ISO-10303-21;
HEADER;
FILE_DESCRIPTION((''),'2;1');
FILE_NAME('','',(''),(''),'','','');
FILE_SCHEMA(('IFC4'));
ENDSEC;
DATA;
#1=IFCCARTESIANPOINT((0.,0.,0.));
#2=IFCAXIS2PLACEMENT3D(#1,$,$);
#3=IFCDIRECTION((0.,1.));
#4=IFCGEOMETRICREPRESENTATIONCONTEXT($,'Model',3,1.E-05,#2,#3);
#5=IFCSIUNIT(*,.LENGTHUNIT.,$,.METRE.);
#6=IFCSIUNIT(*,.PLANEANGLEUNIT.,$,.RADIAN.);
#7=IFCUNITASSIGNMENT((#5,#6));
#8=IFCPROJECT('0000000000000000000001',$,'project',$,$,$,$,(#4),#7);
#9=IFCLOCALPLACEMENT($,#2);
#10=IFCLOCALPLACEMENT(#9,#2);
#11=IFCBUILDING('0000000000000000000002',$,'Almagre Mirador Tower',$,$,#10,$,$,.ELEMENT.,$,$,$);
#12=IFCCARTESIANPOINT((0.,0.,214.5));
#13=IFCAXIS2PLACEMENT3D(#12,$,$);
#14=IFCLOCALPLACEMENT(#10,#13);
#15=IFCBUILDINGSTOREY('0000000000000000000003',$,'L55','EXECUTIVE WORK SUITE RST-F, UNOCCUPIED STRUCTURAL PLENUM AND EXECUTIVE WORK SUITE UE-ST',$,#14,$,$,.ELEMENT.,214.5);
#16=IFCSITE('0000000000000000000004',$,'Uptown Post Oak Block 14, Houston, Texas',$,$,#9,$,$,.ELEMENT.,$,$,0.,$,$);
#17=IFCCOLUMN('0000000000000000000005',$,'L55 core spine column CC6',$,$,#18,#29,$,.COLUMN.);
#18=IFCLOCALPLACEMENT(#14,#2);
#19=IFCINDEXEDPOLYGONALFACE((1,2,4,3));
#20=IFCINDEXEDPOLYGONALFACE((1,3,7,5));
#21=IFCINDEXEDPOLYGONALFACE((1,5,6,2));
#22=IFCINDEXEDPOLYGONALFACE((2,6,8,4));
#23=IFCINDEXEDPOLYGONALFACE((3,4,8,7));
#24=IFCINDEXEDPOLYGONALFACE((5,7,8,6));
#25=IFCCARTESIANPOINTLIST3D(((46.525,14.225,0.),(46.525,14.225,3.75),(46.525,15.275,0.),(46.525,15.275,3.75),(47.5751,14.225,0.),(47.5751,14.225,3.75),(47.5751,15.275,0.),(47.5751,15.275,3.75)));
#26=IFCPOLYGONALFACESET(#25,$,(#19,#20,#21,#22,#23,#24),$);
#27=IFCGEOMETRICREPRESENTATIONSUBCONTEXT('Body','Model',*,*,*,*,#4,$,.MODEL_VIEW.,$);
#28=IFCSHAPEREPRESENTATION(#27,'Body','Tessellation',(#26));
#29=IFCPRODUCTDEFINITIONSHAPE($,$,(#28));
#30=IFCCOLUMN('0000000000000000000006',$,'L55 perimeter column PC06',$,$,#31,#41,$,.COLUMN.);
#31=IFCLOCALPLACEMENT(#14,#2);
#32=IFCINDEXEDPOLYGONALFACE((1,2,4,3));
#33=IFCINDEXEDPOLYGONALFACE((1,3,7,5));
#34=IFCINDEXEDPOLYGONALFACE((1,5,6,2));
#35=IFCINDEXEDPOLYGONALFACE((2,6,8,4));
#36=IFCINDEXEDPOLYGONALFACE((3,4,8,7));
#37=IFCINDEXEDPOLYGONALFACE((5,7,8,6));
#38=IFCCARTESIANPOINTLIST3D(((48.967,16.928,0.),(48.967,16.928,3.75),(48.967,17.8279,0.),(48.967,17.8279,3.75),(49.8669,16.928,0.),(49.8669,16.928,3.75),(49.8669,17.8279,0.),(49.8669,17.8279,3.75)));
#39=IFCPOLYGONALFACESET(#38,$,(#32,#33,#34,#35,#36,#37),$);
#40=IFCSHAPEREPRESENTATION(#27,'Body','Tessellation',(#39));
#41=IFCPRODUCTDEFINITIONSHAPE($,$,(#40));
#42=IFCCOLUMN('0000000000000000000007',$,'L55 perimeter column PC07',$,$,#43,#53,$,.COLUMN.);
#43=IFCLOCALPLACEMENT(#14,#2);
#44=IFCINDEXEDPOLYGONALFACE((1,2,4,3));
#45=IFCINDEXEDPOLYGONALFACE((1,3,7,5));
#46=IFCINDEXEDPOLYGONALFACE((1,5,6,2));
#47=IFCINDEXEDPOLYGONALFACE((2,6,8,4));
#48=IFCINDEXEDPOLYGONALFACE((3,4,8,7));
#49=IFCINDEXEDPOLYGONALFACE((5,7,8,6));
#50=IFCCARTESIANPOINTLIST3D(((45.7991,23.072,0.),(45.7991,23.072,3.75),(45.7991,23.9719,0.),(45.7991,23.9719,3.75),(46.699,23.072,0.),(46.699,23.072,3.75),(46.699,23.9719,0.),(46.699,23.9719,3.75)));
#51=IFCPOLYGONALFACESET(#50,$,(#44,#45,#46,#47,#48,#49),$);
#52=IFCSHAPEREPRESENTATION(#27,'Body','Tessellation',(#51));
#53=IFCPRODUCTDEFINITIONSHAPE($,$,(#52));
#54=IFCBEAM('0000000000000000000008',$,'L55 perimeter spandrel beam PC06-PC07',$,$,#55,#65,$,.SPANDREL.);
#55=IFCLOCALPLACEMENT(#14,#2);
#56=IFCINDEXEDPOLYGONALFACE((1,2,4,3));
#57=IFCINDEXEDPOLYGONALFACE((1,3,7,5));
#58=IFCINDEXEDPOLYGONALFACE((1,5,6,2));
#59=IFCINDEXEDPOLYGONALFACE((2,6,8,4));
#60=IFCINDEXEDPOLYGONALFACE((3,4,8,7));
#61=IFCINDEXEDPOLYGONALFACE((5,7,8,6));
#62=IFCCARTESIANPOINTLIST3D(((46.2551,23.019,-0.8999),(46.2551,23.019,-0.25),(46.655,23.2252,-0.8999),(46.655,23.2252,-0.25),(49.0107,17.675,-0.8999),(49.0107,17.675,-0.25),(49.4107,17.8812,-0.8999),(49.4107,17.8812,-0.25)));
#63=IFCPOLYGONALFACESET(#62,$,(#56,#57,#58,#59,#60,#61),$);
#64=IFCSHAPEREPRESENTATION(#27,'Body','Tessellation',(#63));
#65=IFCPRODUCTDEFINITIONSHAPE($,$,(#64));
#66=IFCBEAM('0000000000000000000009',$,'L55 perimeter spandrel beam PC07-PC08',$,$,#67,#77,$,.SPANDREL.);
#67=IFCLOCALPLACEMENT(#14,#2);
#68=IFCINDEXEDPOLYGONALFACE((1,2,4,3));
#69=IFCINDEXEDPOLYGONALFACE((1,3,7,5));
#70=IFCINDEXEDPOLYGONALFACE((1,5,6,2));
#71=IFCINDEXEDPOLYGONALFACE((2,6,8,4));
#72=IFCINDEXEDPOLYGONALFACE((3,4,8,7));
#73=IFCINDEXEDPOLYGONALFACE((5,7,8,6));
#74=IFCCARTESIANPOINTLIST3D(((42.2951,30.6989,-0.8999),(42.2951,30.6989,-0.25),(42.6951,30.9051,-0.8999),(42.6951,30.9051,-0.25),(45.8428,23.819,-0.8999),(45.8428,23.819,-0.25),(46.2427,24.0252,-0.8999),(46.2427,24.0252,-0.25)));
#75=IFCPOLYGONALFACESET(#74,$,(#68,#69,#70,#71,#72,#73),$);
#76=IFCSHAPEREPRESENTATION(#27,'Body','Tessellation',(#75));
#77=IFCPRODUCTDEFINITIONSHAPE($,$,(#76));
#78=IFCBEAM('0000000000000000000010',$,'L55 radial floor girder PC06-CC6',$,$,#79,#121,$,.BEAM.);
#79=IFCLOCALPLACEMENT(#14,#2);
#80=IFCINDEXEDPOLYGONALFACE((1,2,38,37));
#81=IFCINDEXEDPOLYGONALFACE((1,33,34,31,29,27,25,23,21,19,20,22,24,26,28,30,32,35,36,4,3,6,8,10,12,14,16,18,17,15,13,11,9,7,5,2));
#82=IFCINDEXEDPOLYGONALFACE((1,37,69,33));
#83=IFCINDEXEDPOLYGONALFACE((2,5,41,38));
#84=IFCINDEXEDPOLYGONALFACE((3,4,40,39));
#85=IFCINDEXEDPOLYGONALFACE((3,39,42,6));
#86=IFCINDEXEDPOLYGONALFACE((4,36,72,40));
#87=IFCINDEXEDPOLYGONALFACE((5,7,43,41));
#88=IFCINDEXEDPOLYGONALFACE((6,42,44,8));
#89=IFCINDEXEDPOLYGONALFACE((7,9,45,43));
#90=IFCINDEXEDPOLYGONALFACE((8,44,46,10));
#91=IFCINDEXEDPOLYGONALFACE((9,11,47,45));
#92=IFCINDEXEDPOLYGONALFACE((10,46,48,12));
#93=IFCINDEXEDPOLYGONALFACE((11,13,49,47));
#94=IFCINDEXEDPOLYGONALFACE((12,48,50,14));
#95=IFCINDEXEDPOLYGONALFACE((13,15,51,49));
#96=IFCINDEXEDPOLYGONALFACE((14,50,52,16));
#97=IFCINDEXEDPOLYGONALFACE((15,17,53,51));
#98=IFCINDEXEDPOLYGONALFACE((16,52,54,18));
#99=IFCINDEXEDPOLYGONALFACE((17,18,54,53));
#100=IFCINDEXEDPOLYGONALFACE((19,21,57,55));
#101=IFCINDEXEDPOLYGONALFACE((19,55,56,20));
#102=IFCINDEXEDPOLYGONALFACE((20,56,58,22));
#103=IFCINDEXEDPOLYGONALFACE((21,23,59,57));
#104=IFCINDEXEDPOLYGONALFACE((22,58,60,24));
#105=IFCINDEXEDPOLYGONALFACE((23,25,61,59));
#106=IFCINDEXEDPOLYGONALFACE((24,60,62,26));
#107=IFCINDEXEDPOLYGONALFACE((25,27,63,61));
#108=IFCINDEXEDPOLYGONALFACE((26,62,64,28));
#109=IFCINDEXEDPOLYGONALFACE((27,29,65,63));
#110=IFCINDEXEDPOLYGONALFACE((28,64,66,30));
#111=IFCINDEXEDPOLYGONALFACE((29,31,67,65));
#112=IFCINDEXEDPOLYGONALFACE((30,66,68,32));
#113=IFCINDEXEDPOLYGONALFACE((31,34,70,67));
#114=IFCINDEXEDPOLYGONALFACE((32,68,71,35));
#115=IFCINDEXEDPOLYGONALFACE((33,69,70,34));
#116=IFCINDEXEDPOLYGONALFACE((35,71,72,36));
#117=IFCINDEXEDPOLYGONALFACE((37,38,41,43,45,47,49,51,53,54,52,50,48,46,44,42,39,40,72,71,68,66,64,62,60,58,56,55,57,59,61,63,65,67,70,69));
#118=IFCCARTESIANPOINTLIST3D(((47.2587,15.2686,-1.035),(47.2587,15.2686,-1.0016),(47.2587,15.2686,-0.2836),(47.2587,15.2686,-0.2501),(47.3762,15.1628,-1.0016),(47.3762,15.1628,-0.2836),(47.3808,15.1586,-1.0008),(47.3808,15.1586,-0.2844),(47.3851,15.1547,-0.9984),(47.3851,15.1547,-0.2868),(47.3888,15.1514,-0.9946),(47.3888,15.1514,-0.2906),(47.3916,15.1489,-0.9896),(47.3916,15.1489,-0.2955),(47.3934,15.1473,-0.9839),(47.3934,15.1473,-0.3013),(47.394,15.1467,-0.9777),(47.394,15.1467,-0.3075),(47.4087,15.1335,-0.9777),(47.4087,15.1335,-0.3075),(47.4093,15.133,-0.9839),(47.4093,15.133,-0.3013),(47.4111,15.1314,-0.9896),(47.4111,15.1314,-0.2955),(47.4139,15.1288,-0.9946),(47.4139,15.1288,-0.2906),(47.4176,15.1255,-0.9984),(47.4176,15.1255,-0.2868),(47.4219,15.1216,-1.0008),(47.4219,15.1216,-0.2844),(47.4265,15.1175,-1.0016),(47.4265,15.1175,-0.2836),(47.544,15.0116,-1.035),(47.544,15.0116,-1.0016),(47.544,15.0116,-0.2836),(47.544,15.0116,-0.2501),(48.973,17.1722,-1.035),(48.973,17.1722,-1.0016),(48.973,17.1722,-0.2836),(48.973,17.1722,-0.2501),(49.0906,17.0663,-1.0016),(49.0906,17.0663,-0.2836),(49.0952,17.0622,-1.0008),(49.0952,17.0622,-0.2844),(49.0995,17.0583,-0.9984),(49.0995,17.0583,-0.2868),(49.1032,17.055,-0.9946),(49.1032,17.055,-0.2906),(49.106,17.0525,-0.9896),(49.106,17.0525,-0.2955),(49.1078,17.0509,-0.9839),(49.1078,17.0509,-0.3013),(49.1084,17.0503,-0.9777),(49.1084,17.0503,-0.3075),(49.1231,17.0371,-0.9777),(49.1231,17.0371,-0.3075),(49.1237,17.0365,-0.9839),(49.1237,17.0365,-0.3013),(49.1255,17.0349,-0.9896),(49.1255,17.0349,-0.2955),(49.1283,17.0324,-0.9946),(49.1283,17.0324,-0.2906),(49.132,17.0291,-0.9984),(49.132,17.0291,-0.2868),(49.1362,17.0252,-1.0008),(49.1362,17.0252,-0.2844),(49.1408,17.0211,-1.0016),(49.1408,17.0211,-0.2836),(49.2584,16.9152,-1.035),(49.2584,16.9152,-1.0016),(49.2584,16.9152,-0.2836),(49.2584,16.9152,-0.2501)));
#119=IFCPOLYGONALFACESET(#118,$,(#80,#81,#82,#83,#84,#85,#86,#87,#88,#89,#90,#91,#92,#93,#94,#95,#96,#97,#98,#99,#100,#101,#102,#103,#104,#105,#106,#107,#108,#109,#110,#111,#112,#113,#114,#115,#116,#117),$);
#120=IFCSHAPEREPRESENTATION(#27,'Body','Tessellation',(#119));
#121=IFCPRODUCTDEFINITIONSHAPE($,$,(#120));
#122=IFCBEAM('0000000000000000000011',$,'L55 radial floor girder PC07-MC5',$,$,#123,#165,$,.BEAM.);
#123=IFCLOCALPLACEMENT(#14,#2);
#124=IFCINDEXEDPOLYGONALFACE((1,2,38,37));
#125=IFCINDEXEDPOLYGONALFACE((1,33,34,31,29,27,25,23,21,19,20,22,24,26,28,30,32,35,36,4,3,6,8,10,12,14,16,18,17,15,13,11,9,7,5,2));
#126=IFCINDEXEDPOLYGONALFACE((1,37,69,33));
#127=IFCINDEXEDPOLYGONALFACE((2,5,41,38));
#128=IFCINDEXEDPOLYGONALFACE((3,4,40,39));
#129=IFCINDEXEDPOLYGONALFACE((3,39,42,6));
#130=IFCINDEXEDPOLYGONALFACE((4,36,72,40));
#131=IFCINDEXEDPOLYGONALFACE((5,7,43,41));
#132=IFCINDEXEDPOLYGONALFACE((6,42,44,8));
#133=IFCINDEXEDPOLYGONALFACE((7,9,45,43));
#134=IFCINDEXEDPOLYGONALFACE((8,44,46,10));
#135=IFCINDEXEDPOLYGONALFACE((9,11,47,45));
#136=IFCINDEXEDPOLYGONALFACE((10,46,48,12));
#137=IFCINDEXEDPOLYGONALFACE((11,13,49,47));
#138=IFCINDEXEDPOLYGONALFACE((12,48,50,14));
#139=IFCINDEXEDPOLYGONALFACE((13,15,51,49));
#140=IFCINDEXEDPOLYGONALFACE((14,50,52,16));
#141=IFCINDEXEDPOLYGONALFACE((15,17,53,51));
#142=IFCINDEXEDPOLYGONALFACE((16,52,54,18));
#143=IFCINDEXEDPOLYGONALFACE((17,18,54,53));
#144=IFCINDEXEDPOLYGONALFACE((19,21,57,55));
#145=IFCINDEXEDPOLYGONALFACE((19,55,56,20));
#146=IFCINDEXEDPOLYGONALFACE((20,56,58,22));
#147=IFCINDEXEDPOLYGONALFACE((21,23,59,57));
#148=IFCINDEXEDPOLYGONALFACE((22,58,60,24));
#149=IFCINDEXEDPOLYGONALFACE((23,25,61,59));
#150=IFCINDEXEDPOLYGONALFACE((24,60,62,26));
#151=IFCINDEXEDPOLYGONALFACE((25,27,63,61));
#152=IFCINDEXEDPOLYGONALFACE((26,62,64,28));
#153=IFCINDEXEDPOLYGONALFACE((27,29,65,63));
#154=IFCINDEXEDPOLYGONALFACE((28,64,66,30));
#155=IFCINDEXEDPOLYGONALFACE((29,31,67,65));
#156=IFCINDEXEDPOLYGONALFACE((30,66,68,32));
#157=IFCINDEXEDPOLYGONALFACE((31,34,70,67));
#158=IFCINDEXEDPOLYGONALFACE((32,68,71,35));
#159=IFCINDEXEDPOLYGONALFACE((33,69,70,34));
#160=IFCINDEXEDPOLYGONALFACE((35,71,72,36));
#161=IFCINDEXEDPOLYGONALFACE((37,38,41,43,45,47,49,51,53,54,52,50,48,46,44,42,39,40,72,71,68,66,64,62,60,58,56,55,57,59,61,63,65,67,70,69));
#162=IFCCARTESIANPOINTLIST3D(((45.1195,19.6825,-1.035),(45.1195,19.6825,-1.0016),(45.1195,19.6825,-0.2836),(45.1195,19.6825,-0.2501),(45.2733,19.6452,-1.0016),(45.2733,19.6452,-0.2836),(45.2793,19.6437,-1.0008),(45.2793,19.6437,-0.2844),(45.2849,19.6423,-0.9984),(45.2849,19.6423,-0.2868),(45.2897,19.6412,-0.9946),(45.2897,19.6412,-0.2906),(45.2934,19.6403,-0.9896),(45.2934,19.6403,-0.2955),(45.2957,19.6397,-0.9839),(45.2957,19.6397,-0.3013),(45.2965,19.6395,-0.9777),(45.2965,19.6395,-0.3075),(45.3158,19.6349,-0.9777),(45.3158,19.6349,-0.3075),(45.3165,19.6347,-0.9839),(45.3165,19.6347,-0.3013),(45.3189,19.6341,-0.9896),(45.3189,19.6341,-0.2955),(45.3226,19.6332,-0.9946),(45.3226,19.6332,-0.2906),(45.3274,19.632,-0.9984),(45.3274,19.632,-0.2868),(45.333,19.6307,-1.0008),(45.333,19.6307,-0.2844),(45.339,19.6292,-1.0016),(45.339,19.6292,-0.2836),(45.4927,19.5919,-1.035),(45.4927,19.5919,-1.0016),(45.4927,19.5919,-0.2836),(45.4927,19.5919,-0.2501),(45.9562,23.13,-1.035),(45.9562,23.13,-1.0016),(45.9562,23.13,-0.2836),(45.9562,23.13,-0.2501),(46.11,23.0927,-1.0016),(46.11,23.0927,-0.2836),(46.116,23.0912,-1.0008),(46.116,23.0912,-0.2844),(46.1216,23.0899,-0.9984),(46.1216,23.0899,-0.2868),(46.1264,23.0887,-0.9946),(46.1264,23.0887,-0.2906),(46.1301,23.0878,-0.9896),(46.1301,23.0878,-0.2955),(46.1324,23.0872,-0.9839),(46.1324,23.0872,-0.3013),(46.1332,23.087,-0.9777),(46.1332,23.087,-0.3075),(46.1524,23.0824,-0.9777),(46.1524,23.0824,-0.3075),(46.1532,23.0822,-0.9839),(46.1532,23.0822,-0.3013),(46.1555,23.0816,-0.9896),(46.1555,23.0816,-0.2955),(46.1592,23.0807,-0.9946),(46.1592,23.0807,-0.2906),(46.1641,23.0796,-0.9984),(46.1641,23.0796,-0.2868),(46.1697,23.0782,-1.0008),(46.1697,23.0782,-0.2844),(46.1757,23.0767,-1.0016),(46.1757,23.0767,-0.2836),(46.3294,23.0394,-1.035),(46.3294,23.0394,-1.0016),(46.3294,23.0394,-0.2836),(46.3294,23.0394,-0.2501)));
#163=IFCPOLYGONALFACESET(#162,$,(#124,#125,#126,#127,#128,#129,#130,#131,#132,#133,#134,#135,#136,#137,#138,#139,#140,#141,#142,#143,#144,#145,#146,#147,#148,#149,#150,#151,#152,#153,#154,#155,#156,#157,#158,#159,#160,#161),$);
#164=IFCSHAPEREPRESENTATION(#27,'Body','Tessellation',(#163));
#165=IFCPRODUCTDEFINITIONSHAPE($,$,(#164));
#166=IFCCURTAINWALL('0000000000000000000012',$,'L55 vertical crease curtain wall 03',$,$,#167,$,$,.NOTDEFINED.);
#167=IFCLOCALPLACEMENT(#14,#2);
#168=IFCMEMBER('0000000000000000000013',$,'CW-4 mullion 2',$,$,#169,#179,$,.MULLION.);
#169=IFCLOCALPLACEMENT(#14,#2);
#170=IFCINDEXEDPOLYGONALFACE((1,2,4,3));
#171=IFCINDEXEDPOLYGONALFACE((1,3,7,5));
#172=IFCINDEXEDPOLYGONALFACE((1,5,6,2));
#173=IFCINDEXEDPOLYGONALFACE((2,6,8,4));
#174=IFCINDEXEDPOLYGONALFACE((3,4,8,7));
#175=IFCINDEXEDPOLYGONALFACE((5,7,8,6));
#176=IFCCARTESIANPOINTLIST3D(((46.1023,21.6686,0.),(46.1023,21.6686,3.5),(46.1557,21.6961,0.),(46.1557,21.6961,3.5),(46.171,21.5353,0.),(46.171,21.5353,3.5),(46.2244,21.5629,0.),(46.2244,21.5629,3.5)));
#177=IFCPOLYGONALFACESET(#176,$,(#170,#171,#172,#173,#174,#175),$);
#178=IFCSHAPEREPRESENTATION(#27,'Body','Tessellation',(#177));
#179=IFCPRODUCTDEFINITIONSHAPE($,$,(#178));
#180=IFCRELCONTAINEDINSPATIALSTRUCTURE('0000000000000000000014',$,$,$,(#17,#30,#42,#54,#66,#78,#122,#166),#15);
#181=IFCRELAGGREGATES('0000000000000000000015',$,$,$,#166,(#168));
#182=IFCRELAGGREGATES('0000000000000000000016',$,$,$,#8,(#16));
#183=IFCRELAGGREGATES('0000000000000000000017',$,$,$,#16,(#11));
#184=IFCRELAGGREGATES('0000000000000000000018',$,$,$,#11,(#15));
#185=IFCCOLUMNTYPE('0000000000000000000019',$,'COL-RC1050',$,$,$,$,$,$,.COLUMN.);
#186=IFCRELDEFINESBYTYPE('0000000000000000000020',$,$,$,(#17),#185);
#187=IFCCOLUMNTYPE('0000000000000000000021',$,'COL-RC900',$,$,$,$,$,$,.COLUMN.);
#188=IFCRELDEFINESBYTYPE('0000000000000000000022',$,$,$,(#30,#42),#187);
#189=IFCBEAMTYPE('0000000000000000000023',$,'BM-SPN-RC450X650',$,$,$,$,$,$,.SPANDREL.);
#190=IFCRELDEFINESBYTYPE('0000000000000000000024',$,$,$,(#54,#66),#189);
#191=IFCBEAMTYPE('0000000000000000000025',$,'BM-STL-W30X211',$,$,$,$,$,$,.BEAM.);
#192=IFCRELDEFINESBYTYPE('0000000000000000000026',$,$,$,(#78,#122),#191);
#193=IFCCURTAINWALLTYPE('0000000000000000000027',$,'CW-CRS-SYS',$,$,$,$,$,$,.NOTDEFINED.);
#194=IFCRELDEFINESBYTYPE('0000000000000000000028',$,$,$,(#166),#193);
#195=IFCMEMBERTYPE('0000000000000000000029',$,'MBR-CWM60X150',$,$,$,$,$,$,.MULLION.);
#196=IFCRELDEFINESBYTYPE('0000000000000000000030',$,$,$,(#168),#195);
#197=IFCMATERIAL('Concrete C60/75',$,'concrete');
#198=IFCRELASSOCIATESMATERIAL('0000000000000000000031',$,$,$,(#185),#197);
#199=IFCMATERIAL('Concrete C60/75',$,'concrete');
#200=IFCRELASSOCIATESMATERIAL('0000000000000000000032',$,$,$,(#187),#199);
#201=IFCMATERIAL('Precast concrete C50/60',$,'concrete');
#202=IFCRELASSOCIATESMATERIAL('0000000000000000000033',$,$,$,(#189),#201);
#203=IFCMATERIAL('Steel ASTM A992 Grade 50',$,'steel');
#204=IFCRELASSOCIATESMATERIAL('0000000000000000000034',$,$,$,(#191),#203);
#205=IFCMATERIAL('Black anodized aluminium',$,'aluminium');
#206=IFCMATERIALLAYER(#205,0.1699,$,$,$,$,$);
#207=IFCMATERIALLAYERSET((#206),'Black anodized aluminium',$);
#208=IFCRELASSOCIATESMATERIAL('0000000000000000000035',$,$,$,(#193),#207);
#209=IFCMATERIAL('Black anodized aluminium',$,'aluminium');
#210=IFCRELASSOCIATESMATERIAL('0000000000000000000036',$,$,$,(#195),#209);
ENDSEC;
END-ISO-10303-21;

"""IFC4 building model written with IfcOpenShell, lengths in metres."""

from ifc_helpers import new_model, si_unit, direction, frame, origin, origin_2d, place, context, subcontext, project, spatial, rectangle, i_section, extrude, material, layer, layer_set, material_profile, profile_set, type_object, element, aggregate, save


model = new_model("IFC4")

# Units and contexts
model_context = context("Model", 3, precision=1e-05, world=origin(), true_north=direction((0.0, 1.0)))
body_context = subcontext(model_context, "Body", "Model", "MODEL_VIEW")
ifc_project = project(units=[si_unit("LENGTHUNIT", "METRE"), si_unit("PLANEANGLEUNIT", "RADIAN")], contexts=[model_context])

# Site, building, storey
site_placement = place(None, origin())
site = spatial("IfcSite", under=ifc_project, at=site_placement, Name="Uptown Post Oak Block 14, Houston, Texas", CompositionType="ELEMENT", RefElevation=0.0)
building_placement = place(site_placement, origin())
building = spatial("IfcBuilding", under=site, at=building_placement, Name="Almagre Mirador Tower", CompositionType="ELEMENT")
storey_placement = place(building_placement, frame((0.0, 0.0, 214.5)))
storey = spatial("IfcBuildingStorey", under=building, at=storey_placement, Name="L55", Description="EXECUTIVE WORK SUITE RST-F, UNOCCUPIED STRUCTURAL PLENUM AND EXECUTIVE WORK SUITE UE-ST", CompositionType="ELEMENT", Elevation=214.5)

# Columns
ifc_material_1 = material(Name="Concrete C60/75", Category="concrete")
ifc_material_profile_1 = material_profile(ifc_material_1, rectangle(XDim=1.05, YDim=1.05, at=origin_2d()), Name="RC1050X1050")
ifc_profile_set_1 = profile_set([ifc_material_profile_1], Name="Concrete C60/75")
column_type_1 = type_object("IfcColumnType", Name="COL-RC1050", PredefinedType="COLUMN", material=ifc_profile_set_1)
column_placement = place(storey_placement, frame((47.05, 14.75, 0.0), z_axis=(0.0, 0.0, 1.0), x_axis=(1.0, 0.0, 0.0)))
element("IfcColumn", 1, at=column_placement, inside=storey, type_object=column_type_1, Name="L55 core spine column CC6", PredefinedType="COLUMN", context=body_context, shape_type="SweptSolid", body=[
    extrude(rectangle(XDim=1.05, YDim=1.05, at=origin_2d()), origin(), (0.0, 0.0, 1.0), 3.75),
])
ifc_material_2 = material(Name="Concrete C60/75", Category="concrete")
ifc_material_profile_2 = material_profile(ifc_material_2, rectangle(XDim=0.8999, YDim=0.8999, at=origin_2d()), Name="RC900X900")
ifc_profile_set_2 = profile_set([ifc_material_profile_2], Name="Concrete C60/75")
column_type_2 = type_object("IfcColumnType", Name="COL-RC900", PredefinedType="COLUMN", material=ifc_profile_set_2)
for number, where, z_axis, x_axis, name in (
    (2, (49.417, 17.3779, 0.0), (0.0, 0.0, 1.0), (1.0, 0.0, 0.0), "L55 perimeter column PC06"),
    (3, (46.249, 23.522, 0.0), (0.0, 0.0, 1.0), (1.0, 0.0, 0.0), "L55 perimeter column PC07"),
):
    element("IfcColumn", number, at=place(storey_placement, frame(where, z_axis=z_axis, x_axis=x_axis)), inside=storey, type_object=column_type_2, Name=name, PredefinedType="COLUMN", context=body_context, shape_type="SweptSolid", body=[
        extrude(rectangle(XDim=0.8999, YDim=0.8999, at=origin_2d()), origin(), (0.0, 0.0, 1.0), 3.75),
    ])

# Beams
ifc_material_3 = material(Name="Precast concrete C50/60", Category="concrete")
ifc_material_profile_3 = material_profile(ifc_material_3, rectangle(XDim=0.45, YDim=0.6499, at=origin_2d()), Name="RC450X650")
ifc_profile_set_3 = profile_set([ifc_material_profile_3], Name="Precast concrete C50/60")
beam_type_1 = type_object("IfcBeamType", Name="BM-SPN-RC450X650", PredefinedType="SPANDREL", material=ifc_profile_set_3)
beam_1_placement = place(storey_placement, frame((49.2107, 17.7781, -0.575), z_axis=(-0.458305, 0.888795, 0.0), x_axis=(-0.888795, -0.458305, 0.0)))
element("IfcBeam", 4, at=beam_1_placement, inside=storey, type_object=beam_type_1, Name="L55 perimeter spandrel beam PC06-PC07", PredefinedType="SPANDREL", context=body_context, shape_type="SweptSolid", body=[
    extrude(rectangle(XDim=0.45, YDim=0.6499, at=origin_2d()), origin(), (0.0, 0.0, 1.0), 6.0127),
])
beam_2_placement = place(storey_placement, frame((46.0427, 23.9221, -0.575), z_axis=(-0.458306, 0.888794, 0.0), x_axis=(-0.888794, -0.458306, 0.0)))
element("IfcBeam", 5, at=beam_2_placement, inside=storey, type_object=beam_type_1, Name="L55 perimeter spandrel beam PC07-PC08", PredefinedType="SPANDREL", context=body_context, shape_type="SweptSolid", body=[
    extrude(rectangle(XDim=0.45, YDim=0.6499, at=origin_2d()), origin(), (0.0, 0.0, 1.0), 7.7407),
])
ifc_material_4 = material(Name="Steel ASTM A992 Grade 50", Category="steel")
ifc_material_profile_4 = material_profile(ifc_material_4, i_section(OverallWidth=0.384, OverallDepth=0.7849, WebThickness=0.0198, FlangeThickness=0.0334, FilletRadius=0.0239, at=origin_2d()), Name="W30X211")
ifc_profile_set_4 = profile_set([ifc_material_profile_4], Name="Steel ASTM A992 Grade 50")
beam_type_2 = type_object("IfcBeamType", Name="BM-STL-W30X211", PredefinedType="BEAM", material=ifc_profile_set_4)
beam_3_placement = place(storey_placement, frame((49.1157, 17.0437, -0.6426), z_axis=(-0.669212, -0.743071, 0.0), x_axis=(0.743071, -0.669212, 0.0)))
element("IfcBeam", 6, at=beam_3_placement, inside=storey, type_object=beam_type_2, Name="L55 radial floor girder PC06-CC6", PredefinedType="BEAM", context=body_context, shape_type="SweptSolid", body=[
    extrude(i_section(OverallWidth=0.384, OverallDepth=0.7849, WebThickness=0.0198, FlangeThickness=0.0334, FilletRadius=0.0239, at=origin_2d()), origin(), (0.0, 0.0, 1.0), 2.5618),
])
beam_4_placement = place(storey_placement, frame((46.1428, 23.0847, -0.6426), z_axis=(-0.235842, -0.971791, 0.0), x_axis=(0.971791, -0.235842, 0.0)))
element("IfcBeam", 7, at=beam_4_placement, inside=storey, type_object=beam_type_2, Name="L55 radial floor girder PC07-MC5", PredefinedType="BEAM", context=body_context, shape_type="SweptSolid", body=[
    extrude(i_section(OverallWidth=0.384, OverallDepth=0.7849, WebThickness=0.0198, FlangeThickness=0.0334, FilletRadius=0.0239, at=origin_2d()), origin(), (0.0, 0.0, 1.0), 3.5476),
])

# Curtain wall, member
ifc_material_5 = material(Name="Black anodized aluminium", Category="aluminium")
ifc_layer_1 = layer(ifc_material_5, 0.1699)
ifc_layer_set_1 = layer_set([ifc_layer_1], Name="Black anodized aluminium")
curtain_wall_type = type_object("IfcCurtainWallType", Name="CW-CRS-SYS", PredefinedType="NOTDEFINED", material=ifc_layer_set_1)
curtain_wall_placement = place(storey_placement, origin())
curtain_wall = element("IfcCurtainWall", 8, at=curtain_wall_placement, inside=storey, type_object=curtain_wall_type, Name="L55 vertical crease curtain wall 03", PredefinedType="NOTDEFINED")
ifc_material_6 = material(Name="Black anodized aluminium", Category="aluminium")
ifc_material_profile_5 = material_profile(ifc_material_6, rectangle(XDim=0.0601, YDim=0.1499, at=origin_2d()), Name="CWM60X150")
ifc_profile_set_5 = profile_set([ifc_material_profile_5], Name="Black anodized aluminium")
member_type = type_object("IfcMemberType", Name="MBR-CWM60X150", PredefinedType="MULLION", material=ifc_profile_set_5)
member_placement = place(storey_placement, frame((46.1633, 21.6157, 0.0), z_axis=(0.0, 0.0, 1.0), x_axis=(0.888809, 0.458277, 0.0)))
member = element("IfcMember", 9, at=member_placement, type_object=member_type, Name="CW-4 mullion 2", PredefinedType="MULLION", context=body_context, shape_type="SweptSolid", body=[
    extrude(rectangle(XDim=0.0601, YDim=0.1499, at=origin_2d()), origin(), (0.0, 0.0, 1.0), 3.5),
])
aggregate(curtain_wall, [member])

save(model, "model.ifc")
